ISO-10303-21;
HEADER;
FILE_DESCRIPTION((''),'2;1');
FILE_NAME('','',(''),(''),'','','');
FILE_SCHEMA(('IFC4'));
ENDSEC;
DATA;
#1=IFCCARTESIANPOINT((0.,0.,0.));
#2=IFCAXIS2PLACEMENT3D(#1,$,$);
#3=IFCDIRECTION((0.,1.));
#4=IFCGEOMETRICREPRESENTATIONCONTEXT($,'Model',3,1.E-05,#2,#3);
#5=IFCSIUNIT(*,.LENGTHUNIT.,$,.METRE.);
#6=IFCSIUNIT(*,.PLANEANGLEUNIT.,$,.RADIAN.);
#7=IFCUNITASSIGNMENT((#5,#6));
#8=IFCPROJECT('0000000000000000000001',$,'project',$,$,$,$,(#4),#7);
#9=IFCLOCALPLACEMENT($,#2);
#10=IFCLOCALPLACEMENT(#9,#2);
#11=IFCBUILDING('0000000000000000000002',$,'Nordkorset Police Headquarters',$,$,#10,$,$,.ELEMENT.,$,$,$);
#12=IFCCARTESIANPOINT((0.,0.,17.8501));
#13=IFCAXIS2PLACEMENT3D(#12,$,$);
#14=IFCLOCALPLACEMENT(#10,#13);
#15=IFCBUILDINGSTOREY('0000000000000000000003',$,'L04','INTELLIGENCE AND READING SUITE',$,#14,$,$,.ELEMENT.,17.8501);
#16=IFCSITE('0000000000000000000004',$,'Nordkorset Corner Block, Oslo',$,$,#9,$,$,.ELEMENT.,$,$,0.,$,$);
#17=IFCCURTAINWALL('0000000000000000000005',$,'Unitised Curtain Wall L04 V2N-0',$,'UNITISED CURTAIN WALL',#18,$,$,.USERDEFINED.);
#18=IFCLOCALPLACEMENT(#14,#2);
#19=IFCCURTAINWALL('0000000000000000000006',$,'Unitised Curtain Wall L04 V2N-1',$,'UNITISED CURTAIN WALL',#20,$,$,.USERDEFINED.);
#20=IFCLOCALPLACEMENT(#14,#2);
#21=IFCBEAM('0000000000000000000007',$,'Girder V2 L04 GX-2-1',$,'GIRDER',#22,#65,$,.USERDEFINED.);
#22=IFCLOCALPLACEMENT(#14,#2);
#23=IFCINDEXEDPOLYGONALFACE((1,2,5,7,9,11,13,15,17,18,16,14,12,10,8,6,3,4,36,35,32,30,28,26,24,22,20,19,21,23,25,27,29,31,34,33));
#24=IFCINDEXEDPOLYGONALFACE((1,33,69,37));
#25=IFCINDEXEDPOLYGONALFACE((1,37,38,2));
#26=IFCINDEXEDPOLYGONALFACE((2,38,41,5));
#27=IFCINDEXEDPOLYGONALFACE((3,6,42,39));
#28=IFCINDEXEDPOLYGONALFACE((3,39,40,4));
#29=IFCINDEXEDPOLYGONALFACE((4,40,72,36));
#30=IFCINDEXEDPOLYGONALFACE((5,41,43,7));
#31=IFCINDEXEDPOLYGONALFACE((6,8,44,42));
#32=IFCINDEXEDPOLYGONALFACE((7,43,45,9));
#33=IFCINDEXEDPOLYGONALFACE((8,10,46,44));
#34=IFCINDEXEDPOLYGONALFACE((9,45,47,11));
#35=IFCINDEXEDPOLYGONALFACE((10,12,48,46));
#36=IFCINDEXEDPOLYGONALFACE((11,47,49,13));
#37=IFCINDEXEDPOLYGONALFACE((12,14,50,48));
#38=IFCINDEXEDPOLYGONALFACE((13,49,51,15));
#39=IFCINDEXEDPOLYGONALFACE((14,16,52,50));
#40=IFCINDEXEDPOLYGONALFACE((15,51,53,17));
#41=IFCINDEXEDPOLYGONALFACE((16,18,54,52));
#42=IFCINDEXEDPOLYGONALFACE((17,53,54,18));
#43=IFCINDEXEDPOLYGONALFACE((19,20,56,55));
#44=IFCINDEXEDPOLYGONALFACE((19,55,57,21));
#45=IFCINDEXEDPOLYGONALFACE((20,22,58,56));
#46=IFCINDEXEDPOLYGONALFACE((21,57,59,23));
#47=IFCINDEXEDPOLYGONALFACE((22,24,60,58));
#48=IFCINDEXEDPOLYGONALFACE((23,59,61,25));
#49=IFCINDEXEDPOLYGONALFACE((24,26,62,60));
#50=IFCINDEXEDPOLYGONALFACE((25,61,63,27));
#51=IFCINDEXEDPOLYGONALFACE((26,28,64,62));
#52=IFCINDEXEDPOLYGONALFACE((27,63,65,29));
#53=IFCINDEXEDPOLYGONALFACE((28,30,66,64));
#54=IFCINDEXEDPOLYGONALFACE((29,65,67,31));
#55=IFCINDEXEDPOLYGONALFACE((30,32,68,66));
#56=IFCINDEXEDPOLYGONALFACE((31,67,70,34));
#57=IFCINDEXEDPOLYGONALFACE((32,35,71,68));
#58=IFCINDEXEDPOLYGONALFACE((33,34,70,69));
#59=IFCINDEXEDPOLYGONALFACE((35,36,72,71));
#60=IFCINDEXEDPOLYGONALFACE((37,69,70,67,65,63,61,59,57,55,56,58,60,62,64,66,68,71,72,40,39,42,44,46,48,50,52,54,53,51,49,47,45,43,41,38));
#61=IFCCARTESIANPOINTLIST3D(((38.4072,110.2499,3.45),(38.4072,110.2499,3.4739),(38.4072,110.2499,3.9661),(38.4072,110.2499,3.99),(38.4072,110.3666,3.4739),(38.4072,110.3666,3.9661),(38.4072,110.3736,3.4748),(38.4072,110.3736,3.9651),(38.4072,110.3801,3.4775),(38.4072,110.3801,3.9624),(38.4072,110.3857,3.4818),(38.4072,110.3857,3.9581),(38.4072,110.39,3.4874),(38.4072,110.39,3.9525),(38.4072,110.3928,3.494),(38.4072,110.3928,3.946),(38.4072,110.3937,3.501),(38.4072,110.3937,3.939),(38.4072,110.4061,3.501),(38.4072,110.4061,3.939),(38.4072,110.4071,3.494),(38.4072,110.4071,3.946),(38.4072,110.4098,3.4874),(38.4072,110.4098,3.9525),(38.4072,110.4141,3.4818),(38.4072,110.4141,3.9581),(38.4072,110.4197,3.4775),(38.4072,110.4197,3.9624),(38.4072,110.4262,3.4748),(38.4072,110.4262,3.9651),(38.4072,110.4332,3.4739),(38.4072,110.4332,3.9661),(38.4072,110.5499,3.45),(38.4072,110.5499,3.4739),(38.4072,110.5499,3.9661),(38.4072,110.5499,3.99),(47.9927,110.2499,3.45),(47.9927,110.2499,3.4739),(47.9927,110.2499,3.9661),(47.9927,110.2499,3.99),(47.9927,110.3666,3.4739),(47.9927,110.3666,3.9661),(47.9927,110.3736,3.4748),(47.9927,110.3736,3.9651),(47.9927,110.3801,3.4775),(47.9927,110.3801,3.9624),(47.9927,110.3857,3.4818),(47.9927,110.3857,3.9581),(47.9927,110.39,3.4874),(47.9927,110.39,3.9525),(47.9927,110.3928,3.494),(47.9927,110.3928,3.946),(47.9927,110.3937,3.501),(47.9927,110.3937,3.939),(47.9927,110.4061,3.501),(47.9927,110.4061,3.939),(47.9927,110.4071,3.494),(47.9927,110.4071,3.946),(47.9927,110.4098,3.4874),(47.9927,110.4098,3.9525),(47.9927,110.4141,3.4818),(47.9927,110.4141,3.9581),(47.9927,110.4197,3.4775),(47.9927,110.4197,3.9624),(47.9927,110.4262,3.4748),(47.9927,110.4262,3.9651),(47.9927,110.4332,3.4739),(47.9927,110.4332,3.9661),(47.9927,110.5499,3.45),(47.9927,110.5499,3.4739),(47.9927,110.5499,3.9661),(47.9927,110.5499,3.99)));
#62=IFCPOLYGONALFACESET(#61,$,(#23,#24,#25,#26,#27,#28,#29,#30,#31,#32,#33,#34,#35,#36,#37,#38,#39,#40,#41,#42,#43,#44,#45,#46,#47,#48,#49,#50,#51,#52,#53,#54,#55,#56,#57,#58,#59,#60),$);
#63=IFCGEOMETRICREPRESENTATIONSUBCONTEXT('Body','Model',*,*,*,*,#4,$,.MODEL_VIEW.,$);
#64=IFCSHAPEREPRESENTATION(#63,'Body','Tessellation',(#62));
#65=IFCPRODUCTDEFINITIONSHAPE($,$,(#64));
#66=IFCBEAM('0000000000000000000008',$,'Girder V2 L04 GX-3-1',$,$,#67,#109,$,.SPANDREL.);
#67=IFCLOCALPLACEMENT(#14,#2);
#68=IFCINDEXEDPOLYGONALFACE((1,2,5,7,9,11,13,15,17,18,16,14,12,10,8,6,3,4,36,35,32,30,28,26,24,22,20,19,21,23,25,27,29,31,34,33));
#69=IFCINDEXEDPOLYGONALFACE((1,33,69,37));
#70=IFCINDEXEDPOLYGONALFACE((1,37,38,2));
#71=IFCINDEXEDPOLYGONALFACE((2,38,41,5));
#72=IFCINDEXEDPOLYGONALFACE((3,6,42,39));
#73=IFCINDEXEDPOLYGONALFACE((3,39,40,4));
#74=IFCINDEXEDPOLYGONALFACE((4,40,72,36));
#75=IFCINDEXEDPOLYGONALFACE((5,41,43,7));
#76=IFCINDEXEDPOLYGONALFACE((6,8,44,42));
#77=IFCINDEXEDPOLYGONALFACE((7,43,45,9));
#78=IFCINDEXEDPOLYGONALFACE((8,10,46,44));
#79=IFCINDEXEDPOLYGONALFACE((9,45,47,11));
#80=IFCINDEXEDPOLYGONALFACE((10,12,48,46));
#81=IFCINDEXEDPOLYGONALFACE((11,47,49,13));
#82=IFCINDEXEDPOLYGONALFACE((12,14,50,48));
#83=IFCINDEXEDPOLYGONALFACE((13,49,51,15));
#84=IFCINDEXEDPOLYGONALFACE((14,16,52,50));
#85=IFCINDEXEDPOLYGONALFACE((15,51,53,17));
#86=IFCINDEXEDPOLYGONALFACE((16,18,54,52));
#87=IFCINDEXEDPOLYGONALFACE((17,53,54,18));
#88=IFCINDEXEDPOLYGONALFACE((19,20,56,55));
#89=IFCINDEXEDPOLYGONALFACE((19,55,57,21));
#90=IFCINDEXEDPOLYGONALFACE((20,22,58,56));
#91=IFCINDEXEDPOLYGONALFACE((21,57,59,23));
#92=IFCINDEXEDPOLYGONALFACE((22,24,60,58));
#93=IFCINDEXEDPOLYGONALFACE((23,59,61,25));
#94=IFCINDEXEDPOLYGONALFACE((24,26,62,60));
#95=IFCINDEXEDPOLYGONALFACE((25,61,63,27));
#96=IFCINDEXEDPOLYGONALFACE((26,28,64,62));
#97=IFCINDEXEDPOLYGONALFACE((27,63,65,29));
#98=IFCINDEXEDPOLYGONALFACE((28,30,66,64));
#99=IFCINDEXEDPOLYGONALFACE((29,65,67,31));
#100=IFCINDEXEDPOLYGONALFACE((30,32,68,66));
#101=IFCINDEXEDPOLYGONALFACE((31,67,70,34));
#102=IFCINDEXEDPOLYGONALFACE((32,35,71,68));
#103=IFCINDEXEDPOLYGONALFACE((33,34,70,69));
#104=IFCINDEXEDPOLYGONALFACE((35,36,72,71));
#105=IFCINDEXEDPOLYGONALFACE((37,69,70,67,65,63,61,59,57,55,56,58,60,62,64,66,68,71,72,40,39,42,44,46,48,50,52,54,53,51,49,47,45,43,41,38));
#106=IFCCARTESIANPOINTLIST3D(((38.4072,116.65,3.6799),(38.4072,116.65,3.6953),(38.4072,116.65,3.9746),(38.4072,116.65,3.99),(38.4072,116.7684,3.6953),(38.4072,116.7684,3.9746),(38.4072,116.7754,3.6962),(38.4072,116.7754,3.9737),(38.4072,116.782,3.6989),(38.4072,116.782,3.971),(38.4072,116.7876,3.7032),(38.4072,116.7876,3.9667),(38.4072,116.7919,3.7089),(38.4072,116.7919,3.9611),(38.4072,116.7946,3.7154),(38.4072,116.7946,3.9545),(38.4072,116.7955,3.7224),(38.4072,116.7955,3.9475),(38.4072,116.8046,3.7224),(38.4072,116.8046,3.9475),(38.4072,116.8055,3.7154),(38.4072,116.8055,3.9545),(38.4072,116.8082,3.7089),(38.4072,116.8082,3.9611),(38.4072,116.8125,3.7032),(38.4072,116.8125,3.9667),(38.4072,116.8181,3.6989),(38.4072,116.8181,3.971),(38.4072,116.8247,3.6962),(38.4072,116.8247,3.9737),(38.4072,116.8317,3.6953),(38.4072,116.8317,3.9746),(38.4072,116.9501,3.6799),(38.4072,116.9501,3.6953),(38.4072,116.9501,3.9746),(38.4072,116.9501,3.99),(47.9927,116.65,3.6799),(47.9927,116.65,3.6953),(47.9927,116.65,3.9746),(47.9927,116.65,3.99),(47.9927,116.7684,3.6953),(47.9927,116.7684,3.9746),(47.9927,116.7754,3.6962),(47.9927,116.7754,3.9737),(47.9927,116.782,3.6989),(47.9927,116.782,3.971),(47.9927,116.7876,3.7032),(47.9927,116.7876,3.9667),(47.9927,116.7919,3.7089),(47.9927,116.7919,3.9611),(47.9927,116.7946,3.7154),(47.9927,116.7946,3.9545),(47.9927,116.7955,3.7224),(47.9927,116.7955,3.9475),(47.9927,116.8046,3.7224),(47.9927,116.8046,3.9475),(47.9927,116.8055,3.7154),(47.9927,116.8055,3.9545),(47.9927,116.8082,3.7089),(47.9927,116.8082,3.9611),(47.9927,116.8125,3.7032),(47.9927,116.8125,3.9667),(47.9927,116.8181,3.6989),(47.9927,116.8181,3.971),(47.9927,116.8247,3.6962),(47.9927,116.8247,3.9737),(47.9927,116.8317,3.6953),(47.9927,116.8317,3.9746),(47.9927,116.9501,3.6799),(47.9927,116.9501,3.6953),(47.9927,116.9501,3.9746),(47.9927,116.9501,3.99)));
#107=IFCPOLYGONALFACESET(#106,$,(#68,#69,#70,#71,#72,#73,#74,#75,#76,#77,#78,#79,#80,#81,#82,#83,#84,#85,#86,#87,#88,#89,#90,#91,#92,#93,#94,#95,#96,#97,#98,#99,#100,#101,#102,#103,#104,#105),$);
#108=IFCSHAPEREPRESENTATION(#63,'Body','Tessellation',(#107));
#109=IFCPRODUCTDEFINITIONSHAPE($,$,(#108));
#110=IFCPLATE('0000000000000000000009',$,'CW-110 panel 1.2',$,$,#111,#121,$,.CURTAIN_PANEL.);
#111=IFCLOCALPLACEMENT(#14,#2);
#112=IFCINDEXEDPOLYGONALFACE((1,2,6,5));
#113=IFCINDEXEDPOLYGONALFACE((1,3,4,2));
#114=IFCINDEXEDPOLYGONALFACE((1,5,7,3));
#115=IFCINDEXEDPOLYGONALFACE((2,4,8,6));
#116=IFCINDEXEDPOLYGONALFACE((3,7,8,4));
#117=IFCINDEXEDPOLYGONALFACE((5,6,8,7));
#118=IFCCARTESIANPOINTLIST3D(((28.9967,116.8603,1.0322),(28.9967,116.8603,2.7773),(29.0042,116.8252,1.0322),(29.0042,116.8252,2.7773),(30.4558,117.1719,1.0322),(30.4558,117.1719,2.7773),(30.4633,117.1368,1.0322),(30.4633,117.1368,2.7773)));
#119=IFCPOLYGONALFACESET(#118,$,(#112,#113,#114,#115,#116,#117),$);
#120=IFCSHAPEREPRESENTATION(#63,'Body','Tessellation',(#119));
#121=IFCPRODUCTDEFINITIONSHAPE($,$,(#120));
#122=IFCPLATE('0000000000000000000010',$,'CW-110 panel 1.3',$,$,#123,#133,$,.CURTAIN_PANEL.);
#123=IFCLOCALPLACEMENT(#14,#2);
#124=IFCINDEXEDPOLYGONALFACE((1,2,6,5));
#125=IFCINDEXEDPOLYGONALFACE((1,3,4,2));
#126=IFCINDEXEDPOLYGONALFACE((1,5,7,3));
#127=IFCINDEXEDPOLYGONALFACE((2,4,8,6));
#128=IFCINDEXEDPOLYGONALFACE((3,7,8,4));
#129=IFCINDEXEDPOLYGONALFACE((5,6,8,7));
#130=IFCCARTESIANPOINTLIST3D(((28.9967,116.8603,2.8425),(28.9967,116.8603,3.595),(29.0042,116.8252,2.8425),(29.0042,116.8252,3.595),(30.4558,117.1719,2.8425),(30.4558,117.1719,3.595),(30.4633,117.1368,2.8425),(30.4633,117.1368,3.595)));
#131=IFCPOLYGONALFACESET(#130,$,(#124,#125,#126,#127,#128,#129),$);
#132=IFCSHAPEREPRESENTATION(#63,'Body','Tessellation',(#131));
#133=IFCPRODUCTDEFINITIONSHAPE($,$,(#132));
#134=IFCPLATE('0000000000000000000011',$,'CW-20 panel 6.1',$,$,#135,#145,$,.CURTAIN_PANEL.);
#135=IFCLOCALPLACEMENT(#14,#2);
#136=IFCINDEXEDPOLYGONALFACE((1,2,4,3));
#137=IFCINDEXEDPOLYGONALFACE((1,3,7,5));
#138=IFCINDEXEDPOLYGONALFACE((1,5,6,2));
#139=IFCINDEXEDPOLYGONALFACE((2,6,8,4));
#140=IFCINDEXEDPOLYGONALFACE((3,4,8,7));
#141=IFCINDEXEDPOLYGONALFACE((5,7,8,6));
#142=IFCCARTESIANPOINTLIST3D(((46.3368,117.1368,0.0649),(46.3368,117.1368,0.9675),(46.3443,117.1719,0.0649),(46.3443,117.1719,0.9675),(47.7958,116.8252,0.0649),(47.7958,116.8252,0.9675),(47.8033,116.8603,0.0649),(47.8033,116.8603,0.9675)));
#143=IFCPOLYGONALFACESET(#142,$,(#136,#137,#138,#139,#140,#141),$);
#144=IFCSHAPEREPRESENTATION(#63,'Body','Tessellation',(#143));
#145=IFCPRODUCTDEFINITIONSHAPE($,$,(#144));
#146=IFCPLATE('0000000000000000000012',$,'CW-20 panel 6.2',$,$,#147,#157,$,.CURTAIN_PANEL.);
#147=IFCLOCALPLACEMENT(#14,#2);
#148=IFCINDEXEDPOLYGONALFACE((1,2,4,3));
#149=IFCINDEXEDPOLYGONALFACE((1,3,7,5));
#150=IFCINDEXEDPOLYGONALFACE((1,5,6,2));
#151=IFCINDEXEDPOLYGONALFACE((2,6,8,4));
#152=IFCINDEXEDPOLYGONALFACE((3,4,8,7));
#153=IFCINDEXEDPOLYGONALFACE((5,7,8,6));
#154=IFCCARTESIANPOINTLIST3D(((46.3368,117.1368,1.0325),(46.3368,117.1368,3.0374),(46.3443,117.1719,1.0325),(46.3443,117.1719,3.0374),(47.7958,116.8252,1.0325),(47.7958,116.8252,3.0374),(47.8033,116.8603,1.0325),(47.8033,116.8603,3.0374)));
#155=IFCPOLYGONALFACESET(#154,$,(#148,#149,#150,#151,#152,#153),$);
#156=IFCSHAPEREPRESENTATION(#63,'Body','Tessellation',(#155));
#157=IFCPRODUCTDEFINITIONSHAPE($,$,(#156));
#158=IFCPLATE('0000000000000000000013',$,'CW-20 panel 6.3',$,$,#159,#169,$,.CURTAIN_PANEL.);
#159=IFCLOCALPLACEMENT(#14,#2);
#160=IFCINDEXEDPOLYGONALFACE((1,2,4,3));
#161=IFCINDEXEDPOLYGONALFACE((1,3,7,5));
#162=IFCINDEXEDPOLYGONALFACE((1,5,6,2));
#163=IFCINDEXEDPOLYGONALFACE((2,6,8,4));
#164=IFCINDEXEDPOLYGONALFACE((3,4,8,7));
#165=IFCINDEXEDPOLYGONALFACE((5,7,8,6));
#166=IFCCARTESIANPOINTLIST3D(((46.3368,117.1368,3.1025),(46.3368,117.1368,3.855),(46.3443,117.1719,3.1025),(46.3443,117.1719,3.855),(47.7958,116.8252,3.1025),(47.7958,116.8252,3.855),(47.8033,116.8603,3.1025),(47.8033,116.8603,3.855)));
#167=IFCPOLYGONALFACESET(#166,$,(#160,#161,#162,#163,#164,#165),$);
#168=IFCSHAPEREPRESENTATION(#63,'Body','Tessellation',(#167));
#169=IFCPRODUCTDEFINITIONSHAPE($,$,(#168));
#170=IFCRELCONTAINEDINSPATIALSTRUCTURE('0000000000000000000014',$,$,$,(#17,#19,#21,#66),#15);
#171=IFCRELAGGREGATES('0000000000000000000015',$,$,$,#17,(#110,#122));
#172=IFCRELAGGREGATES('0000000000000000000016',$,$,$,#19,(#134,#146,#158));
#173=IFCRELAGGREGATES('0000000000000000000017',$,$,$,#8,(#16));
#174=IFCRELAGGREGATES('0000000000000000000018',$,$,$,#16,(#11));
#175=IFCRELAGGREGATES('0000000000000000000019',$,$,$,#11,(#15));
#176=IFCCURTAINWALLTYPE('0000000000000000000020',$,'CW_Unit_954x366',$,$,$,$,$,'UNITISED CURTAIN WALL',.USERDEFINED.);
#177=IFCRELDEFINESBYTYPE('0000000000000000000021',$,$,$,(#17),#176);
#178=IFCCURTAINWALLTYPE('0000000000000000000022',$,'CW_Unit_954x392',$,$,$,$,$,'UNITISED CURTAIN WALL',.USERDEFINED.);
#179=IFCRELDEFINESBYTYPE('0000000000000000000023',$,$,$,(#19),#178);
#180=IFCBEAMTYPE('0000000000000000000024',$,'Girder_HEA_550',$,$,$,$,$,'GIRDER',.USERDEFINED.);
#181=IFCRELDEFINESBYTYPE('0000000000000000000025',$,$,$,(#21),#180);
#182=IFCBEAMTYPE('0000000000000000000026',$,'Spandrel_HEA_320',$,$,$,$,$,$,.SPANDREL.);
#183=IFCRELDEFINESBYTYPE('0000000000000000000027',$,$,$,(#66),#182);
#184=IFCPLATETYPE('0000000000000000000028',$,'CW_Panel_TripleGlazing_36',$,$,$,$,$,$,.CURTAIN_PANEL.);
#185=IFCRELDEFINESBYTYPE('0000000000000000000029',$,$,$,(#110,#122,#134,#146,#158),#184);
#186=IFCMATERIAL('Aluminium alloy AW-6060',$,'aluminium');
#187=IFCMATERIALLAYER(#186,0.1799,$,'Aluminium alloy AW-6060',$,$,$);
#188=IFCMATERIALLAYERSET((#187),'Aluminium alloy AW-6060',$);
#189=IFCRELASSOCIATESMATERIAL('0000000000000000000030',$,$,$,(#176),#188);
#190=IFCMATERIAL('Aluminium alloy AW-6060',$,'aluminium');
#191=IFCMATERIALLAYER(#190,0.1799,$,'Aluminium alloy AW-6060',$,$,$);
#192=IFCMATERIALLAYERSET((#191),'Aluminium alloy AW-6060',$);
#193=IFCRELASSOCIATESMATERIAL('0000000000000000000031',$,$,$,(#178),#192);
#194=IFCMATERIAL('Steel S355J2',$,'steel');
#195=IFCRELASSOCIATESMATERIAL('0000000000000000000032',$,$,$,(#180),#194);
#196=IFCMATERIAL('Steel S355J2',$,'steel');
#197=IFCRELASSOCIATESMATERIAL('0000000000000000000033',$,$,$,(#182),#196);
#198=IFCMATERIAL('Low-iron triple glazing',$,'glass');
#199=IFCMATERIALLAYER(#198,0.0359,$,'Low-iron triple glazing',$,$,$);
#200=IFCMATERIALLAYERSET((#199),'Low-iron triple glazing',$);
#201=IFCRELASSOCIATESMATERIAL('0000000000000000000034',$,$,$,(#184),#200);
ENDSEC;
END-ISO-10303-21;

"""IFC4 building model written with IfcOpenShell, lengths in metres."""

from ifc_helpers import new_model, si_unit, direction, frame, origin, origin_2d, place, context, subcontext, project, spatial, rectangle, i_section, extrude, material, layer, layer_set, material_profile, profile_set, type_object, element, aggregate, save


model = new_model("IFC4")

# Units and contexts
model_context = context("Model", 3, precision=1e-05, world=origin(), true_north=direction((0.0, 1.0)))
body_context = subcontext(model_context, "Body", "Model", "MODEL_VIEW")
ifc_project = project(units=[si_unit("LENGTHUNIT", "METRE"), si_unit("PLANEANGLEUNIT", "RADIAN")], contexts=[model_context])

# Site, building, storey
site_placement = place(None, origin())
site = spatial("IfcSite", under=ifc_project, at=site_placement, Name="Nordkorset Corner Block, Oslo", CompositionType="ELEMENT", RefElevation=0.0)
building_placement = place(site_placement, origin())
building = spatial("IfcBuilding", under=site, at=building_placement, Name="Nordkorset Police Headquarters", CompositionType="ELEMENT")
storey_placement = place(building_placement, frame((0.0, 0.0, 17.8501)))
storey = spatial("IfcBuildingStorey", under=building, at=storey_placement, Name="L04", Description="INTELLIGENCE AND READING SUITE", CompositionType="ELEMENT", Elevation=17.8501)

# Curtain wall
ifc_material_1 = material(Name="Aluminium alloy AW-6060", Category="aluminium")
ifc_layer_1 = layer(ifc_material_1, 0.1799, Name="Aluminium alloy AW-6060")
ifc_layer_set_1 = layer_set([ifc_layer_1], Name="Aluminium alloy AW-6060")
curtain_wall_type_1 = type_object("IfcCurtainWallType", Name="CW_Unit_954x366", ElementType="UNITISED CURTAIN WALL", PredefinedType="USERDEFINED", material=ifc_layer_set_1)
curtain_wall_1_placement = place(storey_placement, origin())
curtain_wall_1 = element("IfcCurtainWall", 1, at=curtain_wall_1_placement, inside=storey, type_object=curtain_wall_type_1, Name="Unitised Curtain Wall L04 V2N-0", ObjectType="UNITISED CURTAIN WALL", PredefinedType="USERDEFINED")

# Curtain wall
ifc_material_2 = material(Name="Aluminium alloy AW-6060", Category="aluminium")
ifc_layer_2 = layer(ifc_material_2, 0.1799, Name="Aluminium alloy AW-6060")
ifc_layer_set_2 = layer_set([ifc_layer_2], Name="Aluminium alloy AW-6060")
curtain_wall_type_2 = type_object("IfcCurtainWallType", Name="CW_Unit_954x392", ElementType="UNITISED CURTAIN WALL", PredefinedType="USERDEFINED", material=ifc_layer_set_2)
curtain_wall_2_placement = place(storey_placement, origin())
curtain_wall_2 = element("IfcCurtainWall", 2, at=curtain_wall_2_placement, inside=storey, type_object=curtain_wall_type_2, Name="Unitised Curtain Wall L04 V2N-1", ObjectType="UNITISED CURTAIN WALL", PredefinedType="USERDEFINED")

# Beams
ifc_material_3 = material(Name="Steel S355J2", Category="steel")
ifc_material_profile_1 = material_profile(ifc_material_3, i_section(OverallWidth=0.3, OverallDepth=0.54, WebThickness=0.0125, FlangeThickness=0.0239, FilletRadius=0.0271, at=origin_2d()), Name="HEA 550")
ifc_profile_set_1 = profile_set([ifc_material_profile_1], Name="Steel S355J2")
beam_type_1 = type_object("IfcBeamType", Name="Girder_HEA_550", ElementType="GIRDER", PredefinedType="USERDEFINED", material=ifc_profile_set_1)
beam_1_placement = place(storey_placement, frame((38.4072, 110.3999, 3.72), z_axis=(1.0, 0.0, 0.0), x_axis=(0.0, 1.0, 0.0)))
element("IfcBeam", 3, at=beam_1_placement, inside=storey, type_object=beam_type_1, Name="Girder V2 L04 GX-2-1", ObjectType="GIRDER", PredefinedType="USERDEFINED", context=body_context, shape_type="SweptSolid", body=[
    extrude(i_section(OverallWidth=0.3, OverallDepth=0.54, WebThickness=0.0125, FlangeThickness=0.0239, FilletRadius=0.0271, at=origin_2d()), origin(), (0.0, 0.0, 1.0), 9.5854),
])
ifc_material_4 = material(Name="Steel S355J2", Category="steel")
ifc_material_profile_2 = material_profile(ifc_material_4, i_section(OverallWidth=0.3, OverallDepth=0.3101, WebThickness=0.009, FlangeThickness=0.0154, FilletRadius=0.0271, at=origin_2d()), Name="HEA 320")
ifc_profile_set_2 = profile_set([ifc_material_profile_2], Name="Steel S355J2")
beam_type_2 = type_object("IfcBeamType", Name="Spandrel_HEA_320", PredefinedType="SPANDREL", material=ifc_profile_set_2)
beam_2_placement = place(storey_placement, frame((38.4072, 116.8, 3.835), z_axis=(1.0, 0.0, 0.0), x_axis=(0.0, 1.0, 0.0)))
element("IfcBeam", 4, at=beam_2_placement, inside=storey, type_object=beam_type_2, Name="Girder V2 L04 GX-3-1", PredefinedType="SPANDREL", context=body_context, shape_type="SweptSolid", body=[
    extrude(i_section(OverallWidth=0.3, OverallDepth=0.3101, WebThickness=0.009, FlangeThickness=0.0154, FilletRadius=0.0271, at=origin_2d()), origin(), (0.0, 0.0, 1.0), 9.5854),
])

# Plates
ifc_material_5 = material(Name="Low-iron triple glazing", Category="glass")
ifc_layer_3 = layer(ifc_material_5, 0.0359, Name="Low-iron triple glazing")
ifc_layer_set_3 = layer_set([ifc_layer_3], Name="Low-iron triple glazing")
plate_type = type_object("IfcPlateType", Name="CW_Panel_TripleGlazing_36", PredefinedType="CURTAIN_PANEL", material=ifc_layer_set_3)
plate_1_placement = place(storey_placement, frame((29.73, 116.9985, 1.0322), z_axis=(0.0, 0.0, 1.0), x_axis=(0.977951, 0.208833, 0.0)))
plate_1 = element("IfcPlate", 5, at=plate_1_placement, type_object=plate_type, Name="CW-110 panel 1.2", PredefinedType="CURTAIN_PANEL", context=body_context, shape_type="SweptSolid", body=[
    extrude(rectangle(XDim=1.4919, YDim=0.0359, at=origin_2d()), origin(), (0.0, 0.0, 1.0), 1.7451),
])
plate_2_placement = place(storey_placement, frame((29.73, 116.9985, 2.8425), z_axis=(0.0, 0.0, 1.0), x_axis=(0.977951, 0.208833, 0.0)))
plate_2 = element("IfcPlate", 6, at=plate_2_placement, type_object=plate_type, Name="CW-110 panel 1.3", PredefinedType="CURTAIN_PANEL", context=body_context, shape_type="SweptSolid", body=[
    extrude(rectangle(XDim=1.4919, YDim=0.0359, at=origin_2d()), origin(), (0.0, 0.0, 1.0), 0.7524),
])
aggregate(curtain_wall_1, [plate_1, plate_2])
plate_3_placement = place(storey_placement, frame((47.0701, 116.9985, 0.0649), z_axis=(0.0, 0.0, 1.0), x_axis=(0.977951, -0.208833, 0.0)))
plate_3 = element("IfcPlate", 7, at=plate_3_placement, type_object=plate_type, Name="CW-20 panel 6.1", PredefinedType="CURTAIN_PANEL", context=body_context, shape_type="SweptSolid", body=[
    extrude(rectangle(XDim=1.4919, YDim=0.0359, at=origin_2d()), origin(), (0.0, 0.0, 1.0), 0.9026),
])
plate_4_placement = place(storey_placement, frame((47.0701, 116.9985, 1.0325), z_axis=(0.0, 0.0, 1.0), x_axis=(0.977951, -0.208833, 0.0)))
plate_4 = element("IfcPlate", 8, at=plate_4_placement, type_object=plate_type, Name="CW-20 panel 6.2", PredefinedType="CURTAIN_PANEL", context=body_context, shape_type="SweptSolid", body=[
    extrude(rectangle(XDim=1.4919, YDim=0.0359, at=origin_2d()), origin(), (0.0, 0.0, 1.0), 2.0049),
])
plate_5_placement = place(storey_placement, frame((47.0701, 116.9985, 3.1025), z_axis=(0.0, 0.0, 1.0), x_axis=(0.977951, -0.208833, 0.0)))
plate_5 = element("IfcPlate", 9, at=plate_5_placement, type_object=plate_type, Name="CW-20 panel 6.3", PredefinedType="CURTAIN_PANEL", context=body_context, shape_type="SweptSolid", body=[
    extrude(rectangle(XDim=1.4919, YDim=0.0359, at=origin_2d()), origin(), (0.0, 0.0, 1.0), 0.7524),
])
aggregate(curtain_wall_2, [plate_3, plate_4, plate_5])

save(model, "model.ifc")
